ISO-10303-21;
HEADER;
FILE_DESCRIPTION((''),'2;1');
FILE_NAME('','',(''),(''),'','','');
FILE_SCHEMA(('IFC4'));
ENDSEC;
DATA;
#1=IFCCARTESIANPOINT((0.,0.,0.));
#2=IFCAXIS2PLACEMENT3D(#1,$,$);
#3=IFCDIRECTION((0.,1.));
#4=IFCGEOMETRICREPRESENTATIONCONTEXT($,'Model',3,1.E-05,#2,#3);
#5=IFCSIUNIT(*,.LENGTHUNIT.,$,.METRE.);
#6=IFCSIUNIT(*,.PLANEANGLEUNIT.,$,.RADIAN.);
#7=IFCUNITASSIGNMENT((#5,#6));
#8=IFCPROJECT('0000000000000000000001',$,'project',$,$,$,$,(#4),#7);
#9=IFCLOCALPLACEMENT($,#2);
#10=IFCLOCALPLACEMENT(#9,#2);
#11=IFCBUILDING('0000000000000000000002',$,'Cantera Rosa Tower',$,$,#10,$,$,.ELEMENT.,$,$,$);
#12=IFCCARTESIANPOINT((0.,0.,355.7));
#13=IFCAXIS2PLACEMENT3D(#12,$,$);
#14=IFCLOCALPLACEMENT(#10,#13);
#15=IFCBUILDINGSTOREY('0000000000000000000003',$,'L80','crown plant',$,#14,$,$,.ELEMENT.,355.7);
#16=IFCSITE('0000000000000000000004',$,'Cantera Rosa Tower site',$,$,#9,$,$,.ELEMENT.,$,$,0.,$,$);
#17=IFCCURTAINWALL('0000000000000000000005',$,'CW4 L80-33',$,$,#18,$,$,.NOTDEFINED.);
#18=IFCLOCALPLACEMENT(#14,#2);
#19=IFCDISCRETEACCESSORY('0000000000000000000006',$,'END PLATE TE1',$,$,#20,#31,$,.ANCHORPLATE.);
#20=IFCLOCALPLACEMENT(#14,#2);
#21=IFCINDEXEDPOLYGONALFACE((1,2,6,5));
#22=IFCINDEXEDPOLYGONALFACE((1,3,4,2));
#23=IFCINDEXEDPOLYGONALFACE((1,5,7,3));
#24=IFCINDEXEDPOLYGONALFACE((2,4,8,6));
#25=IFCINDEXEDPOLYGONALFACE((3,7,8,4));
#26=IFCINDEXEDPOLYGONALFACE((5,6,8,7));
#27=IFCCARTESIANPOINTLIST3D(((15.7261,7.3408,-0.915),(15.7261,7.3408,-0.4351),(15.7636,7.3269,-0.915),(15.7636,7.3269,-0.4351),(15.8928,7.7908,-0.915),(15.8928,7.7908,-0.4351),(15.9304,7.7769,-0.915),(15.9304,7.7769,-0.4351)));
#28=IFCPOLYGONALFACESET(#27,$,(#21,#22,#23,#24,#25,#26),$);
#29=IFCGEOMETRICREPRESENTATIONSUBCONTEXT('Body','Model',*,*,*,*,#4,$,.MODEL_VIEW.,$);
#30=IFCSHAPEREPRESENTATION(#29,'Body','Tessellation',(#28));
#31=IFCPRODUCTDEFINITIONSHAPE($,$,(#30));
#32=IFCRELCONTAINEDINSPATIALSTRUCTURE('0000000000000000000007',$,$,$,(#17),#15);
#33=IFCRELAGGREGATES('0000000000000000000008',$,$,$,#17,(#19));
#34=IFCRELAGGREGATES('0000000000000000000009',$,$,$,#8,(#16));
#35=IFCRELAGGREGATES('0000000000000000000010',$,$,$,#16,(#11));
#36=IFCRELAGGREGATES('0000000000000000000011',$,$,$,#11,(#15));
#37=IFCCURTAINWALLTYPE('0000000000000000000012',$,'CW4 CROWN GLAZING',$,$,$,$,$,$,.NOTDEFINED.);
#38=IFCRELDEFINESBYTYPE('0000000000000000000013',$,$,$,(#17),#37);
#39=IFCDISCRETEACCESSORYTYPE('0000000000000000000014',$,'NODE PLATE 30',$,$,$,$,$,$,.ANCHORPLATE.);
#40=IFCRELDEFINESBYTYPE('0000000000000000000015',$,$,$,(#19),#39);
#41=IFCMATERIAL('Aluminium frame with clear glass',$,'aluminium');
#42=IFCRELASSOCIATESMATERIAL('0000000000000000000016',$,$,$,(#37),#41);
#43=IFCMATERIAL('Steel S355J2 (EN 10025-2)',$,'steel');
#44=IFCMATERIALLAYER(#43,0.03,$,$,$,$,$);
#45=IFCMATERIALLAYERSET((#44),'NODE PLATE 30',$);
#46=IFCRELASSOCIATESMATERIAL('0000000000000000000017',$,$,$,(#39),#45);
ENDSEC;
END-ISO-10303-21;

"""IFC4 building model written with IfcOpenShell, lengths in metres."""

from ifc_helpers import new_model, si_unit, direction, frame, origin, place, context, subcontext, project, spatial, polyline, outline, extrude, material, layer, layer_set, type_object, element, aggregate, save


model = new_model("IFC4")

# Units and contexts
model_context = context("Model", 3, precision=1e-05, world=origin(), true_north=direction((0.0, 1.0)))
body_context = subcontext(model_context, "Body", "Model", "MODEL_VIEW")
ifc_project = project(units=[si_unit("LENGTHUNIT", "METRE"), si_unit("PLANEANGLEUNIT", "RADIAN")], contexts=[model_context])

# Site, building, storey
site_placement = place(None, origin())
site = spatial("IfcSite", under=ifc_project, at=site_placement, Name="Cantera Rosa Tower site", CompositionType="ELEMENT", RefElevation=0.0)
building_placement = place(site_placement, origin())
building = spatial("IfcBuilding", under=site, at=building_placement, Name="Cantera Rosa Tower", CompositionType="ELEMENT")
storey_placement = place(building_placement, frame((0.0, 0.0, 355.7)))
storey = spatial("IfcBuildingStorey", under=building, at=storey_placement, Name="L80", Description="crown plant", CompositionType="ELEMENT", Elevation=355.7)

# Curtain wall
ifc_material_1 = material(Name="Aluminium frame with clear glass", Category="aluminium")
curtain_wall_type = type_object("IfcCurtainWallType", Name="CW4 CROWN GLAZING", PredefinedType="NOTDEFINED", material=ifc_material_1)
curtain_wall_1_placement = place(storey_placement, origin())
curtain_wall_1 = element("IfcCurtainWall", 1, at=curtain_wall_1_placement, inside=storey, type_object=curtain_wall_type, Name="CW4 L80-33", PredefinedType="NOTDEFINED")

# Shared definitions
ifc_material_2 = material(Name="Steel S355J2 (EN 10025-2)", Category="steel")
ifc_layer_1 = layer(ifc_material_2, 0.03)
ifc_layer_set_1 = layer_set([ifc_layer_1], Name="NODE PLATE 30")
discrete_accessory_type = type_object("IfcDiscreteAccessoryType", Name="NODE PLATE 30", PredefinedType="ANCHORPLATE", material=ifc_layer_set_1)

# Discrete accessory
discrete_accessory_1_placement = place(storey_placement, frame((15.7261, 7.3408, -0.4351), z_axis=(-0.937681, 0.347497, 0.0), x_axis=(0.347497, 0.937681, 0.0)))
discrete_accessory_1 = element("IfcDiscreteAccessory", 2, at=discrete_accessory_1_placement, type_object=discrete_accessory_type, Name="END PLATE TE1", PredefinedType="ANCHORPLATE", context=body_context, shape_type="SweptSolid", body=[
    extrude(outline(polyline([(0.0, 0.0), (0.4799, 0.0), (0.4799, 0.48), (0.0, 0.48), (0.0, 0.0)])), origin(), (0.0, 0.0, -1.0), 0.04),
])
aggregate(curtain_wall_1, [discrete_accessory_1])

save(model, "model.ifc")
